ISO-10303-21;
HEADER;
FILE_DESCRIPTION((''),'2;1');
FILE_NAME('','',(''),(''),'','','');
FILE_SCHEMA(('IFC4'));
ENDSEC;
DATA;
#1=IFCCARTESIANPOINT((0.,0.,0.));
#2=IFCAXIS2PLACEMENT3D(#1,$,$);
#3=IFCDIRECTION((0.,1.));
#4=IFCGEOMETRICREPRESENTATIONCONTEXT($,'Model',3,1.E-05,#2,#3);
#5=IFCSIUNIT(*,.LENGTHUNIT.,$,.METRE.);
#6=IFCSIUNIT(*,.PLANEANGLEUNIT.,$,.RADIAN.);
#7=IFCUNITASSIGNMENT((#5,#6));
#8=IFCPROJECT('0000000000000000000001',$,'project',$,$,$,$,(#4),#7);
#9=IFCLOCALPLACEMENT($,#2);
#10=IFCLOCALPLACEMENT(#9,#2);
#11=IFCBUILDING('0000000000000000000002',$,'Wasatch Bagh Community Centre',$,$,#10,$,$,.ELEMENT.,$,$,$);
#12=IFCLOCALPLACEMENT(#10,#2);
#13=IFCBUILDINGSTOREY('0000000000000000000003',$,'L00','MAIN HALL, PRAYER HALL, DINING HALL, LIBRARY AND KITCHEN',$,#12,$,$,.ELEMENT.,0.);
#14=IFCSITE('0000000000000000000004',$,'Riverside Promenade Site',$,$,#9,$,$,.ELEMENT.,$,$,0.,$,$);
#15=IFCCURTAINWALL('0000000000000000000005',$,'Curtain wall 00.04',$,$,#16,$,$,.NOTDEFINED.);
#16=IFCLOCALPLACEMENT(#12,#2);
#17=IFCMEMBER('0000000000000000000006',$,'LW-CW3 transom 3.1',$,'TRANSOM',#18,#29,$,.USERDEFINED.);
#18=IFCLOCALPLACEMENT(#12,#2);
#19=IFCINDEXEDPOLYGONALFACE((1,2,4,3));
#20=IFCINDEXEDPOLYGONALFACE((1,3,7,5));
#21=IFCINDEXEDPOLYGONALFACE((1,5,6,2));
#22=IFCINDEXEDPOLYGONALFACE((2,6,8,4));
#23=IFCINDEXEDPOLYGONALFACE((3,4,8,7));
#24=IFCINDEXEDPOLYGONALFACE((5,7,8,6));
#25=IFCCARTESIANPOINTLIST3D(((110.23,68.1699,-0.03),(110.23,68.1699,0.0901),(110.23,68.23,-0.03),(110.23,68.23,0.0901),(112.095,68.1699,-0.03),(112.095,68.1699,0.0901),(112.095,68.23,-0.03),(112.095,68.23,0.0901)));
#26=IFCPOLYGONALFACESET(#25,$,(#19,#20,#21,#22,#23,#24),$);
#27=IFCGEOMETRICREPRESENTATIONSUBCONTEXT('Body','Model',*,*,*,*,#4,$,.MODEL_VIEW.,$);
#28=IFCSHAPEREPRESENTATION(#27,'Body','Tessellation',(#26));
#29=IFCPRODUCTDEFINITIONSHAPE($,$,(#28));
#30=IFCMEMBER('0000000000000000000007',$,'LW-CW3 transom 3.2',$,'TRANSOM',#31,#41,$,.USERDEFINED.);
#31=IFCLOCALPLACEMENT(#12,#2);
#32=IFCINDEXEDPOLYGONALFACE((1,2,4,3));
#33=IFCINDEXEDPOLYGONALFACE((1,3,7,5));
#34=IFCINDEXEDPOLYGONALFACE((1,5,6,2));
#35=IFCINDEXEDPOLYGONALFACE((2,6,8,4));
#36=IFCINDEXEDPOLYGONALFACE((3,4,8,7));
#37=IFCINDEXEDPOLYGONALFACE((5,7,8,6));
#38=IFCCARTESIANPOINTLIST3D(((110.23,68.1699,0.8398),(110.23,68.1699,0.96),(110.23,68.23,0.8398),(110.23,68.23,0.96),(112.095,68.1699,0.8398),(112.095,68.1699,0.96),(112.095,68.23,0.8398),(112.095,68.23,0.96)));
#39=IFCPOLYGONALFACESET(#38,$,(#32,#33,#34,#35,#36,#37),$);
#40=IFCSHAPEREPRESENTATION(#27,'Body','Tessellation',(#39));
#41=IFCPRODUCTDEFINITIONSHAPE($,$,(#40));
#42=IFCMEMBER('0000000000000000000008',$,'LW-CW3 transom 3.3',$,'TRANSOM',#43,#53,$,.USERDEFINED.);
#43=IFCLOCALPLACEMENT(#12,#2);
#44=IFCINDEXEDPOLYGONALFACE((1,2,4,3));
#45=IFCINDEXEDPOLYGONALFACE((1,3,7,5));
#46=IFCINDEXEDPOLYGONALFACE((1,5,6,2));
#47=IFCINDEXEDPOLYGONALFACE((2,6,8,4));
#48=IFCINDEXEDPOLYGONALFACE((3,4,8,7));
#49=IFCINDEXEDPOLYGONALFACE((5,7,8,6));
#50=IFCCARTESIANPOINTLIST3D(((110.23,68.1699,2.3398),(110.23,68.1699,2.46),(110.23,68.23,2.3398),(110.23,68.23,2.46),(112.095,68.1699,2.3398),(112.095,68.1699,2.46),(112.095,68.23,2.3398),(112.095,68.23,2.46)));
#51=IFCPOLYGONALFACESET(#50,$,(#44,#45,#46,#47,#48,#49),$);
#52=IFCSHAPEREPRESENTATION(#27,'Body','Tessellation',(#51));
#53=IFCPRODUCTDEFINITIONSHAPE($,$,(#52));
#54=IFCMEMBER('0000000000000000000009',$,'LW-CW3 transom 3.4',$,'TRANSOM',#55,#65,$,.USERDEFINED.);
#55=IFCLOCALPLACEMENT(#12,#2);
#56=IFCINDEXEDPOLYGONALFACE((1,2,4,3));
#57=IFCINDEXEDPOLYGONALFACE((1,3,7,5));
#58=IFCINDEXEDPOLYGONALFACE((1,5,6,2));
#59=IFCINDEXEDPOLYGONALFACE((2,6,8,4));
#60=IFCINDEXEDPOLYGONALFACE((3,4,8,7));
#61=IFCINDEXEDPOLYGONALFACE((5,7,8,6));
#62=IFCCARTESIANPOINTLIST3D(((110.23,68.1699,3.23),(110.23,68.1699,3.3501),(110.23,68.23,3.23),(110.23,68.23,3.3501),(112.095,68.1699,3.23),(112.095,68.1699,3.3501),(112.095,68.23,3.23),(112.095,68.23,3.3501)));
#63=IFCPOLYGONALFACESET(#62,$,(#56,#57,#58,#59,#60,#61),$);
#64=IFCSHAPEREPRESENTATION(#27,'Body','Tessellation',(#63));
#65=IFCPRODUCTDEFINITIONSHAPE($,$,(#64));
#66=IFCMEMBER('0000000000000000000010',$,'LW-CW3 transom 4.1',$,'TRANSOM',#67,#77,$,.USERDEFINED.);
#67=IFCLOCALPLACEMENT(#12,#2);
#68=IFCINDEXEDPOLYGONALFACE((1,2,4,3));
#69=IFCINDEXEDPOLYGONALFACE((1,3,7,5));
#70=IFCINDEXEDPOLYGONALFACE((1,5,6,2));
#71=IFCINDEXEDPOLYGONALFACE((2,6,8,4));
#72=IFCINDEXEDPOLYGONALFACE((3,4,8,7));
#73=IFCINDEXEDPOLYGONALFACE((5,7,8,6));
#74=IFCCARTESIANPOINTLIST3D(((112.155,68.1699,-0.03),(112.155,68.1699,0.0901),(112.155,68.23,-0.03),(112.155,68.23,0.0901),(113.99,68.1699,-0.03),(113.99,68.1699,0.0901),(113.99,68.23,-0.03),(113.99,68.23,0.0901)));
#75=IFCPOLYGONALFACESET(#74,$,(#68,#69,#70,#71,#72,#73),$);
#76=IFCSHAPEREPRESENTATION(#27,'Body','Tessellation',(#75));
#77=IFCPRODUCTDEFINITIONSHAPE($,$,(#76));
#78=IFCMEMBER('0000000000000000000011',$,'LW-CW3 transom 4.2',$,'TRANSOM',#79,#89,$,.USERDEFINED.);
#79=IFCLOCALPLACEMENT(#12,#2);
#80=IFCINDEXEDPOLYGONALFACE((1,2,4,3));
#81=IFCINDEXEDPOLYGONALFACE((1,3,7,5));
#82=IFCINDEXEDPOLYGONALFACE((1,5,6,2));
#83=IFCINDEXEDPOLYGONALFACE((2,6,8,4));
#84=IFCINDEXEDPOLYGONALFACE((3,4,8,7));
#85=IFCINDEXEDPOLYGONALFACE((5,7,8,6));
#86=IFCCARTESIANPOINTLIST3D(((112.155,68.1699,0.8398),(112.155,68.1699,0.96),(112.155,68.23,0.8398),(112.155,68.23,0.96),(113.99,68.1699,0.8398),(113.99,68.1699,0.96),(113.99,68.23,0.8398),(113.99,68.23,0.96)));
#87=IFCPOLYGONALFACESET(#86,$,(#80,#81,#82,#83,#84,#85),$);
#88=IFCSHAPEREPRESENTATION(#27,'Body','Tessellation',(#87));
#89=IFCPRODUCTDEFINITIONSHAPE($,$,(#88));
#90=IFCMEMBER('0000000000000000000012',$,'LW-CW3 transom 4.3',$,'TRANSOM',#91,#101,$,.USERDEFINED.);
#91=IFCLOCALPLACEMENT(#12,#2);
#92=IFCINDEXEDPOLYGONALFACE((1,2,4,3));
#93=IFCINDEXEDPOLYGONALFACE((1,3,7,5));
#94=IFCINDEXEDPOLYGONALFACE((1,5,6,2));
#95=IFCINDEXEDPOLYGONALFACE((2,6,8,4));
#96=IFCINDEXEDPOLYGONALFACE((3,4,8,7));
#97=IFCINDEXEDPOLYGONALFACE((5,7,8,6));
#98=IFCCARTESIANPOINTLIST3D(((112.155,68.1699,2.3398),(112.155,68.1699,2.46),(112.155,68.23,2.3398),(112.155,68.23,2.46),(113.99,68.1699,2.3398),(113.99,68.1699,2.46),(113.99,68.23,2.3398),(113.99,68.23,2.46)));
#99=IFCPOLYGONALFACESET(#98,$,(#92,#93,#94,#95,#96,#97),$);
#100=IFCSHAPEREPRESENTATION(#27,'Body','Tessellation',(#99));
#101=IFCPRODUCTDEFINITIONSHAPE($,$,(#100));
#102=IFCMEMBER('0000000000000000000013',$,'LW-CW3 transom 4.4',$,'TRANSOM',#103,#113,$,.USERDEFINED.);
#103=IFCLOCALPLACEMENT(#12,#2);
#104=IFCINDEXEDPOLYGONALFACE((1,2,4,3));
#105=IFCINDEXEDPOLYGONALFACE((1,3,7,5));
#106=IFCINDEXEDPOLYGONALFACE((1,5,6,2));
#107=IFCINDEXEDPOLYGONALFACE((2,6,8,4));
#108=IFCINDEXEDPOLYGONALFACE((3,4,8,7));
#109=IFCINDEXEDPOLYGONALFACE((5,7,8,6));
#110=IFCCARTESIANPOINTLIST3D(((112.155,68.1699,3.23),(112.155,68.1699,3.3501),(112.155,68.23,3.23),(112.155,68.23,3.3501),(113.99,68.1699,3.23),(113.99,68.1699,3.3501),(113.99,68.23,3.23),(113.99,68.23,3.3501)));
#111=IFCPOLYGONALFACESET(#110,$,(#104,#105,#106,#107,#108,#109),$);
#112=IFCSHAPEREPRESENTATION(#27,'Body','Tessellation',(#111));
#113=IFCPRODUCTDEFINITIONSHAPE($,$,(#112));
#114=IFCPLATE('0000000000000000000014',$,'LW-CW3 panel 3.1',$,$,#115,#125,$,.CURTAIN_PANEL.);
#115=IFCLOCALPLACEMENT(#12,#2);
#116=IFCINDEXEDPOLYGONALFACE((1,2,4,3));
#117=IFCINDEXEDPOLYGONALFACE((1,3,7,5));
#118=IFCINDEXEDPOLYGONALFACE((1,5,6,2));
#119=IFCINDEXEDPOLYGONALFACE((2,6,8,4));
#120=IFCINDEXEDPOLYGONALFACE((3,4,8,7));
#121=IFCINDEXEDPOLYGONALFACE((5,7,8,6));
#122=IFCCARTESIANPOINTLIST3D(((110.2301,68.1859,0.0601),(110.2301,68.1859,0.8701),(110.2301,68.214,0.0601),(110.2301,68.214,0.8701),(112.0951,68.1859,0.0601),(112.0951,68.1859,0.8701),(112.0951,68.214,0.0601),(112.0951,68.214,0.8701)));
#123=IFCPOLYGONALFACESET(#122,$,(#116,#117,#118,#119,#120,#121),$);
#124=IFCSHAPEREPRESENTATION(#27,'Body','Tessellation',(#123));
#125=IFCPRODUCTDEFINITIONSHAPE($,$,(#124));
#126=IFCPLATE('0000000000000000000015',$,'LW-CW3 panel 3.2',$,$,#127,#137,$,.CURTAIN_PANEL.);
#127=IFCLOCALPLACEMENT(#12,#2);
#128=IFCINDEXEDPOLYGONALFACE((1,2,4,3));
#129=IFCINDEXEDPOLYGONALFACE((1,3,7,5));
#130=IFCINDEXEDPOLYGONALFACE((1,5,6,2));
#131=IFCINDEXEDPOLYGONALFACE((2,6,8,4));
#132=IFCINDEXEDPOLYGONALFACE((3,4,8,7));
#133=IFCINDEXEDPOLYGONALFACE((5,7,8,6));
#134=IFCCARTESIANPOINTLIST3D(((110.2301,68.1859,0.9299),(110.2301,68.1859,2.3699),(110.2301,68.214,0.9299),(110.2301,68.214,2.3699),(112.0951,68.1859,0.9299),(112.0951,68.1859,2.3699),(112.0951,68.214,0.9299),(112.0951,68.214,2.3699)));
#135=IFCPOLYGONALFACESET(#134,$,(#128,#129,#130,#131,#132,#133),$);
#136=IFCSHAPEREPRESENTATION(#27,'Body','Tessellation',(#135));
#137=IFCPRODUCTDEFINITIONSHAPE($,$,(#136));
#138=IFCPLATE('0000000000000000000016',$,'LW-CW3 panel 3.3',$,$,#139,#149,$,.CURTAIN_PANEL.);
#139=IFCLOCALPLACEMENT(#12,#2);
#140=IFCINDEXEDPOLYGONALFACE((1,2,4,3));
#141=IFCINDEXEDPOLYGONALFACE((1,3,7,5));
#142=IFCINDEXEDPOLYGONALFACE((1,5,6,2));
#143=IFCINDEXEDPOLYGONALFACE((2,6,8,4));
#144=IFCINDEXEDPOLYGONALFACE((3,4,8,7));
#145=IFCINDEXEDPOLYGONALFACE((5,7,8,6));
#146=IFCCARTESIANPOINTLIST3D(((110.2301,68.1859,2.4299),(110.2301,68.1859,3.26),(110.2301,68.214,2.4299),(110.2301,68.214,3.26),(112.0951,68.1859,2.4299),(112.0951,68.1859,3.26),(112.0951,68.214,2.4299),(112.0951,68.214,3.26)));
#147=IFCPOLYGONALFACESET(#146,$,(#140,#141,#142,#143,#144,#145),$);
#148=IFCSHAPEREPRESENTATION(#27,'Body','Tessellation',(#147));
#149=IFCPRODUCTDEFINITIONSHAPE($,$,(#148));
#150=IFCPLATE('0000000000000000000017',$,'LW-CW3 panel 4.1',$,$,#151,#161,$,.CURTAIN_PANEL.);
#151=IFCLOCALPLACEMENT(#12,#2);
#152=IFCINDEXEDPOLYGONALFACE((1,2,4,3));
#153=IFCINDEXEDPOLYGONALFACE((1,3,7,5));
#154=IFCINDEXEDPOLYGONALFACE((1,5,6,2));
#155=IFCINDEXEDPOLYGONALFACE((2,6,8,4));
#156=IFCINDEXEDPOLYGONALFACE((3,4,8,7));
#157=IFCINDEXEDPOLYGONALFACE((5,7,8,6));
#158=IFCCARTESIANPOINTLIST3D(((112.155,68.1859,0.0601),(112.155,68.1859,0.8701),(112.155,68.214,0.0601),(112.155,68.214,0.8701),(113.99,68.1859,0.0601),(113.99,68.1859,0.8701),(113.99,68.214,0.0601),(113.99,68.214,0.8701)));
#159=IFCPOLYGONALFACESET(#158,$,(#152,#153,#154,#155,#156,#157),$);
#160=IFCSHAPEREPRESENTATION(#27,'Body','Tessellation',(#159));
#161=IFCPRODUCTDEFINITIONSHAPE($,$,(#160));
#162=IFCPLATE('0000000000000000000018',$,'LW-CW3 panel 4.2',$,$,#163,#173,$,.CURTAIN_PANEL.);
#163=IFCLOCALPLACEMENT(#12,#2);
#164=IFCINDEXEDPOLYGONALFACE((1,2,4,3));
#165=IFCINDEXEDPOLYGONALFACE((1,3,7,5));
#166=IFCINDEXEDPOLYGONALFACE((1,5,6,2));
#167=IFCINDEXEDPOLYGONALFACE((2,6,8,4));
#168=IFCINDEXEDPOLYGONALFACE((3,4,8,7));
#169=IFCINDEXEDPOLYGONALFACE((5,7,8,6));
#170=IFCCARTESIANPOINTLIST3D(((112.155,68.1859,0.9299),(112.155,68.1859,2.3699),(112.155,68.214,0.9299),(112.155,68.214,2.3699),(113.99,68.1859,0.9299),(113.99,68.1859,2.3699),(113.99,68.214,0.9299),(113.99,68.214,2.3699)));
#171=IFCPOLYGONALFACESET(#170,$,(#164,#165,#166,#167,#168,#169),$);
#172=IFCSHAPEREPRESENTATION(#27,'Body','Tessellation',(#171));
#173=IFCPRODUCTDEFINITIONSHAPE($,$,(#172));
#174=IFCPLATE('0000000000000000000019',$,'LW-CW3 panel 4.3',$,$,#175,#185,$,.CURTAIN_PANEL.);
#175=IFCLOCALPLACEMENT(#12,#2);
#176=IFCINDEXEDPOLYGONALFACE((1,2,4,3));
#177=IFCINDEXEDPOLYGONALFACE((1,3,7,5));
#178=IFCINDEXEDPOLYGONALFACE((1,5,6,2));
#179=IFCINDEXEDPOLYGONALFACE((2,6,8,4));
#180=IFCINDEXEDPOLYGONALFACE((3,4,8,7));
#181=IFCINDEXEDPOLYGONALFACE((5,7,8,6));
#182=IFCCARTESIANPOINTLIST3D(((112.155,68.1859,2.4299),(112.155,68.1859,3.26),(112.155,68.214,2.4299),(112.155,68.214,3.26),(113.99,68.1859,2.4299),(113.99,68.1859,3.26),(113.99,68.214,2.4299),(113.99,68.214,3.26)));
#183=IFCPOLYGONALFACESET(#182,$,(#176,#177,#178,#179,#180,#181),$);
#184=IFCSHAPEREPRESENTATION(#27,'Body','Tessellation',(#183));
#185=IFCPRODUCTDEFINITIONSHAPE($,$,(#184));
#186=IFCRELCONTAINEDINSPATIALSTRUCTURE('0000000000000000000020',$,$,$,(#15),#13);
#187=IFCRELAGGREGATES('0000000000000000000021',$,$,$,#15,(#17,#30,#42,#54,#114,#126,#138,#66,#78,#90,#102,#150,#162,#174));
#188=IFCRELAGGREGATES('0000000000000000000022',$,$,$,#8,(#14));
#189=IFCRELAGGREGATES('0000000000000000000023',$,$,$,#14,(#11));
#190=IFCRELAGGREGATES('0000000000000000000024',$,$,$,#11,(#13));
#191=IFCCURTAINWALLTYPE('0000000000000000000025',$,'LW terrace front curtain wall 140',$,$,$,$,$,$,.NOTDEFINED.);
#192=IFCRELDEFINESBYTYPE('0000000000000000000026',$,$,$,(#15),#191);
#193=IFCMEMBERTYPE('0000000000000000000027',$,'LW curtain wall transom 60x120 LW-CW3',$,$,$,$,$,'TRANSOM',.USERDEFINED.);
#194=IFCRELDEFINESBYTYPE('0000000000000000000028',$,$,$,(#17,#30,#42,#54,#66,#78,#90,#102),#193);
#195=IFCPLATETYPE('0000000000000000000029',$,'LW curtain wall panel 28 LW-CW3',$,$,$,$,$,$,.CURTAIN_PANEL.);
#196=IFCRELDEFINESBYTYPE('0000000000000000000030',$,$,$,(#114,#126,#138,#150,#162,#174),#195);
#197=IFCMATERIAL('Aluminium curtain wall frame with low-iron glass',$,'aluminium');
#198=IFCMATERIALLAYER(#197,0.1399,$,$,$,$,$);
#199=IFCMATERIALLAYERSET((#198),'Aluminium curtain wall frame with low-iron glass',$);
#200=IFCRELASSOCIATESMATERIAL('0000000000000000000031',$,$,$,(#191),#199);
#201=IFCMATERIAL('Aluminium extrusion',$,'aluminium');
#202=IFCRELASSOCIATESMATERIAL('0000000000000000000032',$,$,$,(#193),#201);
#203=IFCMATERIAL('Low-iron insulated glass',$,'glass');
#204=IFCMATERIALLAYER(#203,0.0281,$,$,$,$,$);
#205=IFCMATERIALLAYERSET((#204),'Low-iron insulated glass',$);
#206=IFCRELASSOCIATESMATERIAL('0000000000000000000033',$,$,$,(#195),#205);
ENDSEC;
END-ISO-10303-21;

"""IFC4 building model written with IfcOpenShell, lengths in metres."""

from ifc_helpers import new_model, si_unit, direction, frame, origin, origin_2d, place, context, subcontext, project, spatial, rectangle, extrude, material, layer, layer_set, material_profile, profile_set, type_object, element, aggregate, save


model = new_model("IFC4")

# Units and contexts
model_context = context("Model", 3, precision=1e-05, world=origin(), true_north=direction((0.0, 1.0)))
body_context = subcontext(model_context, "Body", "Model", "MODEL_VIEW")
ifc_project = project(units=[si_unit("LENGTHUNIT", "METRE"), si_unit("PLANEANGLEUNIT", "RADIAN")], contexts=[model_context])

# Site, building, storey
site_placement = place(None, origin())
site = spatial("IfcSite", under=ifc_project, at=site_placement, Name="Riverside Promenade Site", CompositionType="ELEMENT", RefElevation=0.0)
building_placement = place(site_placement, origin())
building = spatial("IfcBuilding", under=site, at=building_placement, Name="Wasatch Bagh Community Centre", CompositionType="ELEMENT")
storey_placement = place(building_placement, origin())
storey = spatial("IfcBuildingStorey", under=building, at=storey_placement, Name="L00", Description="MAIN HALL, PRAYER HALL, DINING HALL, LIBRARY AND KITCHEN", CompositionType="ELEMENT", Elevation=0.0)

# Curtain wall, members, plates
ifc_material_1 = material(Name="Aluminium curtain wall frame with low-iron glass", Category="aluminium")
ifc_layer_1 = layer(ifc_material_1, 0.1399)
ifc_layer_set_1 = layer_set([ifc_layer_1], Name="Aluminium curtain wall frame with low-iron glass")
curtain_wall_type = type_object("IfcCurtainWallType", Name="LW terrace front curtain wall 140", PredefinedType="NOTDEFINED", material=ifc_layer_set_1)
curtain_wall_placement = place(storey_placement, origin())
curtain_wall = element("IfcCurtainWall", 1, at=curtain_wall_placement, inside=storey, type_object=curtain_wall_type, Name="Curtain wall 00.04", PredefinedType="NOTDEFINED")
ifc_material_2 = material(Name="Aluminium extrusion", Category="aluminium")
ifc_material_profile_1 = material_profile(ifc_material_2, rectangle(XDim=0.0601, YDim=0.1201, at=origin_2d()), Name="AL 60x120")
ifc_profile_set_1 = profile_set([ifc_material_profile_1], Name="Aluminium extrusion")
member_type_1 = type_object("IfcMemberType", Name="LW curtain wall transom 60x120 LW-CW3", ElementType="TRANSOM", PredefinedType="USERDEFINED", material=ifc_profile_set_1)
member_1_placement = place(storey_placement, frame((110.23, 68.2, 0.03), z_axis=(1.0, 0.0, 0.0), x_axis=(0.0, 1.0, 0.0)))
member_1 = element("IfcMember", 2, at=member_1_placement, type_object=member_type_1, Name="LW-CW3 transom 3.1", ObjectType="TRANSOM", PredefinedType="USERDEFINED", context=body_context, shape_type="SweptSolid", body=[
    extrude(rectangle(XDim=0.0601, YDim=0.1201, at=origin_2d()), origin(), (0.0, 0.0, 1.0), 1.865),
])
member_2_placement = place(storey_placement, frame((110.23, 68.2, 0.8999), z_axis=(1.0, 0.0, 0.0), x_axis=(0.0, 1.0, 0.0)))
member_2 = element("IfcMember", 3, at=member_2_placement, type_object=member_type_1, Name="LW-CW3 transom 3.2", ObjectType="TRANSOM", PredefinedType="USERDEFINED", context=body_context, shape_type="SweptSolid", body=[
    extrude(rectangle(XDim=0.0601, YDim=0.1201, at=origin_2d()), origin(), (0.0, 0.0, 1.0), 1.865),
])
member_3_placement = place(storey_placement, frame((110.23, 68.2, 2.3999), z_axis=(1.0, 0.0, 0.0), x_axis=(0.0, 1.0, 0.0)))
member_3 = element("IfcMember", 4, at=member_3_placement, type_object=member_type_1, Name="LW-CW3 transom 3.3", ObjectType="TRANSOM", PredefinedType="USERDEFINED", context=body_context, shape_type="SweptSolid", body=[
    extrude(rectangle(XDim=0.0601, YDim=0.1201, at=origin_2d()), origin(), (0.0, 0.0, 1.0), 1.865),
])
member_4_placement = place(storey_placement, frame((110.23, 68.2, 3.29), z_axis=(1.0, 0.0, 0.0), x_axis=(0.0, 1.0, 0.0)))
member_4 = element("IfcMember", 5, at=member_4_placement, type_object=member_type_1, Name="LW-CW3 transom 3.4", ObjectType="TRANSOM", PredefinedType="USERDEFINED", context=body_context, shape_type="SweptSolid", body=[
    extrude(rectangle(XDim=0.0601, YDim=0.1201, at=origin_2d()), origin(), (0.0, 0.0, 1.0), 1.865),
])
member_5_placement = place(storey_placement, frame((112.155, 68.2, 0.03), z_axis=(1.0, 0.0, 0.0), x_axis=(0.0, 1.0, 0.0)))
member_5 = element("IfcMember", 6, at=member_5_placement, type_object=member_type_1, Name="LW-CW3 transom 4.1", ObjectType="TRANSOM", PredefinedType="USERDEFINED", context=body_context, shape_type="SweptSolid", body=[
    extrude(rectangle(XDim=0.0601, YDim=0.1201, at=origin_2d()), origin(), (0.0, 0.0, 1.0), 1.835),
])
member_6_placement = place(storey_placement, frame((112.155, 68.2, 0.8999), z_axis=(1.0, 0.0, 0.0), x_axis=(0.0, 1.0, 0.0)))
member_6 = element("IfcMember", 7, at=member_6_placement, type_object=member_type_1, Name="LW-CW3 transom 4.2", ObjectType="TRANSOM", PredefinedType="USERDEFINED", context=body_context, shape_type="SweptSolid", body=[
    extrude(rectangle(XDim=0.0601, YDim=0.1201, at=origin_2d()), origin(), (0.0, 0.0, 1.0), 1.835),
])
member_7_placement = place(storey_placement, frame((112.155, 68.2, 2.3999), z_axis=(1.0, 0.0, 0.0), x_axis=(0.0, 1.0, 0.0)))
member_7 = element("IfcMember", 8, at=member_7_placement, type_object=member_type_1, Name="LW-CW3 transom 4.3", ObjectType="TRANSOM", PredefinedType="USERDEFINED", context=body_context, shape_type="SweptSolid", body=[
    extrude(rectangle(XDim=0.0601, YDim=0.1201, at=origin_2d()), origin(), (0.0, 0.0, 1.0), 1.835),
])
member_8_placement = place(storey_placement, frame((112.155, 68.2, 3.29), z_axis=(1.0, 0.0, 0.0), x_axis=(0.0, 1.0, 0.0)))
member_8 = element("IfcMember", 9, at=member_8_placement, type_object=member_type_1, Name="LW-CW3 transom 4.4", ObjectType="TRANSOM", PredefinedType="USERDEFINED", context=body_context, shape_type="SweptSolid", body=[
    extrude(rectangle(XDim=0.0601, YDim=0.1201, at=origin_2d()), origin(), (0.0, 0.0, 1.0), 1.835),
])
ifc_material_3 = material(Name="Low-iron insulated glass", Category="glass")
ifc_layer_2 = layer(ifc_material_3, 0.0281)
ifc_layer_set_2 = layer_set([ifc_layer_2], Name="Low-iron insulated glass")
plate_type = type_object("IfcPlateType", Name="LW curtain wall panel 28 LW-CW3", PredefinedType="CURTAIN_PANEL", material=ifc_layer_set_2)
plate_1_placement = place(storey_placement, frame((111.1626, 68.2, 0.0601), z_axis=(0.0, 0.0, 1.0), x_axis=(1.0, 0.0, 0.0)))
plate_1 = element("IfcPlate", 10, at=plate_1_placement, type_object=plate_type, Name="LW-CW3 panel 3.1", PredefinedType="CURTAIN_PANEL", context=body_context, shape_type="SweptSolid", body=[
    extrude(rectangle(XDim=1.865, YDim=0.0281, at=origin_2d()), origin(), (0.0, 0.0, 1.0), 0.8101),
])
plate_2_placement = place(storey_placement, frame((111.1626, 68.2, 0.9299), z_axis=(0.0, 0.0, 1.0), x_axis=(1.0, 0.0, 0.0)))
plate_2 = element("IfcPlate", 11, at=plate_2_placement, type_object=plate_type, Name="LW-CW3 panel 3.2", PredefinedType="CURTAIN_PANEL", context=body_context, shape_type="SweptSolid", body=[
    extrude(rectangle(XDim=1.865, YDim=0.0281, at=origin_2d()), origin(), (0.0, 0.0, 1.0), 1.4399),
])
plate_3_placement = place(storey_placement, frame((111.1626, 68.2, 2.4299), z_axis=(0.0, 0.0, 1.0), x_axis=(1.0, 0.0, 0.0)))
plate_3 = element("IfcPlate", 12, at=plate_3_placement, type_object=plate_type, Name="LW-CW3 panel 3.3", PredefinedType="CURTAIN_PANEL", context=body_context, shape_type="SweptSolid", body=[
    extrude(rectangle(XDim=1.865, YDim=0.0281, at=origin_2d()), origin(), (0.0, 0.0, 1.0), 0.8301),
])
plate_4_placement = place(storey_placement, frame((113.0725, 68.2, 0.0601), z_axis=(0.0, 0.0, 1.0), x_axis=(1.0, 0.0, 0.0)))
plate_4 = element("IfcPlate", 13, at=plate_4_placement, type_object=plate_type, Name="LW-CW3 panel 4.1", PredefinedType="CURTAIN_PANEL", context=body_context, shape_type="SweptSolid", body=[
    extrude(rectangle(XDim=1.835, YDim=0.0281, at=origin_2d()), origin(), (0.0, 0.0, 1.0), 0.8101),
])
plate_5_placement = place(storey_placement, frame((113.0725, 68.2, 0.9299), z_axis=(0.0, 0.0, 1.0), x_axis=(1.0, 0.0, 0.0)))
plate_5 = element("IfcPlate", 14, at=plate_5_placement, type_object=plate_type, Name="LW-CW3 panel 4.2", PredefinedType="CURTAIN_PANEL", context=body_context, shape_type="SweptSolid", body=[
    extrude(rectangle(XDim=1.835, YDim=0.0281, at=origin_2d()), origin(), (0.0, 0.0, 1.0), 1.4399),
])
plate_6_placement = place(storey_placement, frame((113.0725, 68.2, 2.4299), z_axis=(0.0, 0.0, 1.0), x_axis=(1.0, 0.0, 0.0)))
plate_6 = element("IfcPlate", 15, at=plate_6_placement, type_object=plate_type, Name="LW-CW3 panel 4.3", PredefinedType="CURTAIN_PANEL", context=body_context, shape_type="SweptSolid", body=[
    extrude(rectangle(XDim=1.835, YDim=0.0281, at=origin_2d()), origin(), (0.0, 0.0, 1.0), 0.8301),
])
aggregate(curtain_wall, [member_1, member_2, member_3, member_4, plate_1, plate_2, plate_3, member_5, member_6, member_7, member_8, plate_4, plate_5, plate_6])

save(model, "model.ifc")
